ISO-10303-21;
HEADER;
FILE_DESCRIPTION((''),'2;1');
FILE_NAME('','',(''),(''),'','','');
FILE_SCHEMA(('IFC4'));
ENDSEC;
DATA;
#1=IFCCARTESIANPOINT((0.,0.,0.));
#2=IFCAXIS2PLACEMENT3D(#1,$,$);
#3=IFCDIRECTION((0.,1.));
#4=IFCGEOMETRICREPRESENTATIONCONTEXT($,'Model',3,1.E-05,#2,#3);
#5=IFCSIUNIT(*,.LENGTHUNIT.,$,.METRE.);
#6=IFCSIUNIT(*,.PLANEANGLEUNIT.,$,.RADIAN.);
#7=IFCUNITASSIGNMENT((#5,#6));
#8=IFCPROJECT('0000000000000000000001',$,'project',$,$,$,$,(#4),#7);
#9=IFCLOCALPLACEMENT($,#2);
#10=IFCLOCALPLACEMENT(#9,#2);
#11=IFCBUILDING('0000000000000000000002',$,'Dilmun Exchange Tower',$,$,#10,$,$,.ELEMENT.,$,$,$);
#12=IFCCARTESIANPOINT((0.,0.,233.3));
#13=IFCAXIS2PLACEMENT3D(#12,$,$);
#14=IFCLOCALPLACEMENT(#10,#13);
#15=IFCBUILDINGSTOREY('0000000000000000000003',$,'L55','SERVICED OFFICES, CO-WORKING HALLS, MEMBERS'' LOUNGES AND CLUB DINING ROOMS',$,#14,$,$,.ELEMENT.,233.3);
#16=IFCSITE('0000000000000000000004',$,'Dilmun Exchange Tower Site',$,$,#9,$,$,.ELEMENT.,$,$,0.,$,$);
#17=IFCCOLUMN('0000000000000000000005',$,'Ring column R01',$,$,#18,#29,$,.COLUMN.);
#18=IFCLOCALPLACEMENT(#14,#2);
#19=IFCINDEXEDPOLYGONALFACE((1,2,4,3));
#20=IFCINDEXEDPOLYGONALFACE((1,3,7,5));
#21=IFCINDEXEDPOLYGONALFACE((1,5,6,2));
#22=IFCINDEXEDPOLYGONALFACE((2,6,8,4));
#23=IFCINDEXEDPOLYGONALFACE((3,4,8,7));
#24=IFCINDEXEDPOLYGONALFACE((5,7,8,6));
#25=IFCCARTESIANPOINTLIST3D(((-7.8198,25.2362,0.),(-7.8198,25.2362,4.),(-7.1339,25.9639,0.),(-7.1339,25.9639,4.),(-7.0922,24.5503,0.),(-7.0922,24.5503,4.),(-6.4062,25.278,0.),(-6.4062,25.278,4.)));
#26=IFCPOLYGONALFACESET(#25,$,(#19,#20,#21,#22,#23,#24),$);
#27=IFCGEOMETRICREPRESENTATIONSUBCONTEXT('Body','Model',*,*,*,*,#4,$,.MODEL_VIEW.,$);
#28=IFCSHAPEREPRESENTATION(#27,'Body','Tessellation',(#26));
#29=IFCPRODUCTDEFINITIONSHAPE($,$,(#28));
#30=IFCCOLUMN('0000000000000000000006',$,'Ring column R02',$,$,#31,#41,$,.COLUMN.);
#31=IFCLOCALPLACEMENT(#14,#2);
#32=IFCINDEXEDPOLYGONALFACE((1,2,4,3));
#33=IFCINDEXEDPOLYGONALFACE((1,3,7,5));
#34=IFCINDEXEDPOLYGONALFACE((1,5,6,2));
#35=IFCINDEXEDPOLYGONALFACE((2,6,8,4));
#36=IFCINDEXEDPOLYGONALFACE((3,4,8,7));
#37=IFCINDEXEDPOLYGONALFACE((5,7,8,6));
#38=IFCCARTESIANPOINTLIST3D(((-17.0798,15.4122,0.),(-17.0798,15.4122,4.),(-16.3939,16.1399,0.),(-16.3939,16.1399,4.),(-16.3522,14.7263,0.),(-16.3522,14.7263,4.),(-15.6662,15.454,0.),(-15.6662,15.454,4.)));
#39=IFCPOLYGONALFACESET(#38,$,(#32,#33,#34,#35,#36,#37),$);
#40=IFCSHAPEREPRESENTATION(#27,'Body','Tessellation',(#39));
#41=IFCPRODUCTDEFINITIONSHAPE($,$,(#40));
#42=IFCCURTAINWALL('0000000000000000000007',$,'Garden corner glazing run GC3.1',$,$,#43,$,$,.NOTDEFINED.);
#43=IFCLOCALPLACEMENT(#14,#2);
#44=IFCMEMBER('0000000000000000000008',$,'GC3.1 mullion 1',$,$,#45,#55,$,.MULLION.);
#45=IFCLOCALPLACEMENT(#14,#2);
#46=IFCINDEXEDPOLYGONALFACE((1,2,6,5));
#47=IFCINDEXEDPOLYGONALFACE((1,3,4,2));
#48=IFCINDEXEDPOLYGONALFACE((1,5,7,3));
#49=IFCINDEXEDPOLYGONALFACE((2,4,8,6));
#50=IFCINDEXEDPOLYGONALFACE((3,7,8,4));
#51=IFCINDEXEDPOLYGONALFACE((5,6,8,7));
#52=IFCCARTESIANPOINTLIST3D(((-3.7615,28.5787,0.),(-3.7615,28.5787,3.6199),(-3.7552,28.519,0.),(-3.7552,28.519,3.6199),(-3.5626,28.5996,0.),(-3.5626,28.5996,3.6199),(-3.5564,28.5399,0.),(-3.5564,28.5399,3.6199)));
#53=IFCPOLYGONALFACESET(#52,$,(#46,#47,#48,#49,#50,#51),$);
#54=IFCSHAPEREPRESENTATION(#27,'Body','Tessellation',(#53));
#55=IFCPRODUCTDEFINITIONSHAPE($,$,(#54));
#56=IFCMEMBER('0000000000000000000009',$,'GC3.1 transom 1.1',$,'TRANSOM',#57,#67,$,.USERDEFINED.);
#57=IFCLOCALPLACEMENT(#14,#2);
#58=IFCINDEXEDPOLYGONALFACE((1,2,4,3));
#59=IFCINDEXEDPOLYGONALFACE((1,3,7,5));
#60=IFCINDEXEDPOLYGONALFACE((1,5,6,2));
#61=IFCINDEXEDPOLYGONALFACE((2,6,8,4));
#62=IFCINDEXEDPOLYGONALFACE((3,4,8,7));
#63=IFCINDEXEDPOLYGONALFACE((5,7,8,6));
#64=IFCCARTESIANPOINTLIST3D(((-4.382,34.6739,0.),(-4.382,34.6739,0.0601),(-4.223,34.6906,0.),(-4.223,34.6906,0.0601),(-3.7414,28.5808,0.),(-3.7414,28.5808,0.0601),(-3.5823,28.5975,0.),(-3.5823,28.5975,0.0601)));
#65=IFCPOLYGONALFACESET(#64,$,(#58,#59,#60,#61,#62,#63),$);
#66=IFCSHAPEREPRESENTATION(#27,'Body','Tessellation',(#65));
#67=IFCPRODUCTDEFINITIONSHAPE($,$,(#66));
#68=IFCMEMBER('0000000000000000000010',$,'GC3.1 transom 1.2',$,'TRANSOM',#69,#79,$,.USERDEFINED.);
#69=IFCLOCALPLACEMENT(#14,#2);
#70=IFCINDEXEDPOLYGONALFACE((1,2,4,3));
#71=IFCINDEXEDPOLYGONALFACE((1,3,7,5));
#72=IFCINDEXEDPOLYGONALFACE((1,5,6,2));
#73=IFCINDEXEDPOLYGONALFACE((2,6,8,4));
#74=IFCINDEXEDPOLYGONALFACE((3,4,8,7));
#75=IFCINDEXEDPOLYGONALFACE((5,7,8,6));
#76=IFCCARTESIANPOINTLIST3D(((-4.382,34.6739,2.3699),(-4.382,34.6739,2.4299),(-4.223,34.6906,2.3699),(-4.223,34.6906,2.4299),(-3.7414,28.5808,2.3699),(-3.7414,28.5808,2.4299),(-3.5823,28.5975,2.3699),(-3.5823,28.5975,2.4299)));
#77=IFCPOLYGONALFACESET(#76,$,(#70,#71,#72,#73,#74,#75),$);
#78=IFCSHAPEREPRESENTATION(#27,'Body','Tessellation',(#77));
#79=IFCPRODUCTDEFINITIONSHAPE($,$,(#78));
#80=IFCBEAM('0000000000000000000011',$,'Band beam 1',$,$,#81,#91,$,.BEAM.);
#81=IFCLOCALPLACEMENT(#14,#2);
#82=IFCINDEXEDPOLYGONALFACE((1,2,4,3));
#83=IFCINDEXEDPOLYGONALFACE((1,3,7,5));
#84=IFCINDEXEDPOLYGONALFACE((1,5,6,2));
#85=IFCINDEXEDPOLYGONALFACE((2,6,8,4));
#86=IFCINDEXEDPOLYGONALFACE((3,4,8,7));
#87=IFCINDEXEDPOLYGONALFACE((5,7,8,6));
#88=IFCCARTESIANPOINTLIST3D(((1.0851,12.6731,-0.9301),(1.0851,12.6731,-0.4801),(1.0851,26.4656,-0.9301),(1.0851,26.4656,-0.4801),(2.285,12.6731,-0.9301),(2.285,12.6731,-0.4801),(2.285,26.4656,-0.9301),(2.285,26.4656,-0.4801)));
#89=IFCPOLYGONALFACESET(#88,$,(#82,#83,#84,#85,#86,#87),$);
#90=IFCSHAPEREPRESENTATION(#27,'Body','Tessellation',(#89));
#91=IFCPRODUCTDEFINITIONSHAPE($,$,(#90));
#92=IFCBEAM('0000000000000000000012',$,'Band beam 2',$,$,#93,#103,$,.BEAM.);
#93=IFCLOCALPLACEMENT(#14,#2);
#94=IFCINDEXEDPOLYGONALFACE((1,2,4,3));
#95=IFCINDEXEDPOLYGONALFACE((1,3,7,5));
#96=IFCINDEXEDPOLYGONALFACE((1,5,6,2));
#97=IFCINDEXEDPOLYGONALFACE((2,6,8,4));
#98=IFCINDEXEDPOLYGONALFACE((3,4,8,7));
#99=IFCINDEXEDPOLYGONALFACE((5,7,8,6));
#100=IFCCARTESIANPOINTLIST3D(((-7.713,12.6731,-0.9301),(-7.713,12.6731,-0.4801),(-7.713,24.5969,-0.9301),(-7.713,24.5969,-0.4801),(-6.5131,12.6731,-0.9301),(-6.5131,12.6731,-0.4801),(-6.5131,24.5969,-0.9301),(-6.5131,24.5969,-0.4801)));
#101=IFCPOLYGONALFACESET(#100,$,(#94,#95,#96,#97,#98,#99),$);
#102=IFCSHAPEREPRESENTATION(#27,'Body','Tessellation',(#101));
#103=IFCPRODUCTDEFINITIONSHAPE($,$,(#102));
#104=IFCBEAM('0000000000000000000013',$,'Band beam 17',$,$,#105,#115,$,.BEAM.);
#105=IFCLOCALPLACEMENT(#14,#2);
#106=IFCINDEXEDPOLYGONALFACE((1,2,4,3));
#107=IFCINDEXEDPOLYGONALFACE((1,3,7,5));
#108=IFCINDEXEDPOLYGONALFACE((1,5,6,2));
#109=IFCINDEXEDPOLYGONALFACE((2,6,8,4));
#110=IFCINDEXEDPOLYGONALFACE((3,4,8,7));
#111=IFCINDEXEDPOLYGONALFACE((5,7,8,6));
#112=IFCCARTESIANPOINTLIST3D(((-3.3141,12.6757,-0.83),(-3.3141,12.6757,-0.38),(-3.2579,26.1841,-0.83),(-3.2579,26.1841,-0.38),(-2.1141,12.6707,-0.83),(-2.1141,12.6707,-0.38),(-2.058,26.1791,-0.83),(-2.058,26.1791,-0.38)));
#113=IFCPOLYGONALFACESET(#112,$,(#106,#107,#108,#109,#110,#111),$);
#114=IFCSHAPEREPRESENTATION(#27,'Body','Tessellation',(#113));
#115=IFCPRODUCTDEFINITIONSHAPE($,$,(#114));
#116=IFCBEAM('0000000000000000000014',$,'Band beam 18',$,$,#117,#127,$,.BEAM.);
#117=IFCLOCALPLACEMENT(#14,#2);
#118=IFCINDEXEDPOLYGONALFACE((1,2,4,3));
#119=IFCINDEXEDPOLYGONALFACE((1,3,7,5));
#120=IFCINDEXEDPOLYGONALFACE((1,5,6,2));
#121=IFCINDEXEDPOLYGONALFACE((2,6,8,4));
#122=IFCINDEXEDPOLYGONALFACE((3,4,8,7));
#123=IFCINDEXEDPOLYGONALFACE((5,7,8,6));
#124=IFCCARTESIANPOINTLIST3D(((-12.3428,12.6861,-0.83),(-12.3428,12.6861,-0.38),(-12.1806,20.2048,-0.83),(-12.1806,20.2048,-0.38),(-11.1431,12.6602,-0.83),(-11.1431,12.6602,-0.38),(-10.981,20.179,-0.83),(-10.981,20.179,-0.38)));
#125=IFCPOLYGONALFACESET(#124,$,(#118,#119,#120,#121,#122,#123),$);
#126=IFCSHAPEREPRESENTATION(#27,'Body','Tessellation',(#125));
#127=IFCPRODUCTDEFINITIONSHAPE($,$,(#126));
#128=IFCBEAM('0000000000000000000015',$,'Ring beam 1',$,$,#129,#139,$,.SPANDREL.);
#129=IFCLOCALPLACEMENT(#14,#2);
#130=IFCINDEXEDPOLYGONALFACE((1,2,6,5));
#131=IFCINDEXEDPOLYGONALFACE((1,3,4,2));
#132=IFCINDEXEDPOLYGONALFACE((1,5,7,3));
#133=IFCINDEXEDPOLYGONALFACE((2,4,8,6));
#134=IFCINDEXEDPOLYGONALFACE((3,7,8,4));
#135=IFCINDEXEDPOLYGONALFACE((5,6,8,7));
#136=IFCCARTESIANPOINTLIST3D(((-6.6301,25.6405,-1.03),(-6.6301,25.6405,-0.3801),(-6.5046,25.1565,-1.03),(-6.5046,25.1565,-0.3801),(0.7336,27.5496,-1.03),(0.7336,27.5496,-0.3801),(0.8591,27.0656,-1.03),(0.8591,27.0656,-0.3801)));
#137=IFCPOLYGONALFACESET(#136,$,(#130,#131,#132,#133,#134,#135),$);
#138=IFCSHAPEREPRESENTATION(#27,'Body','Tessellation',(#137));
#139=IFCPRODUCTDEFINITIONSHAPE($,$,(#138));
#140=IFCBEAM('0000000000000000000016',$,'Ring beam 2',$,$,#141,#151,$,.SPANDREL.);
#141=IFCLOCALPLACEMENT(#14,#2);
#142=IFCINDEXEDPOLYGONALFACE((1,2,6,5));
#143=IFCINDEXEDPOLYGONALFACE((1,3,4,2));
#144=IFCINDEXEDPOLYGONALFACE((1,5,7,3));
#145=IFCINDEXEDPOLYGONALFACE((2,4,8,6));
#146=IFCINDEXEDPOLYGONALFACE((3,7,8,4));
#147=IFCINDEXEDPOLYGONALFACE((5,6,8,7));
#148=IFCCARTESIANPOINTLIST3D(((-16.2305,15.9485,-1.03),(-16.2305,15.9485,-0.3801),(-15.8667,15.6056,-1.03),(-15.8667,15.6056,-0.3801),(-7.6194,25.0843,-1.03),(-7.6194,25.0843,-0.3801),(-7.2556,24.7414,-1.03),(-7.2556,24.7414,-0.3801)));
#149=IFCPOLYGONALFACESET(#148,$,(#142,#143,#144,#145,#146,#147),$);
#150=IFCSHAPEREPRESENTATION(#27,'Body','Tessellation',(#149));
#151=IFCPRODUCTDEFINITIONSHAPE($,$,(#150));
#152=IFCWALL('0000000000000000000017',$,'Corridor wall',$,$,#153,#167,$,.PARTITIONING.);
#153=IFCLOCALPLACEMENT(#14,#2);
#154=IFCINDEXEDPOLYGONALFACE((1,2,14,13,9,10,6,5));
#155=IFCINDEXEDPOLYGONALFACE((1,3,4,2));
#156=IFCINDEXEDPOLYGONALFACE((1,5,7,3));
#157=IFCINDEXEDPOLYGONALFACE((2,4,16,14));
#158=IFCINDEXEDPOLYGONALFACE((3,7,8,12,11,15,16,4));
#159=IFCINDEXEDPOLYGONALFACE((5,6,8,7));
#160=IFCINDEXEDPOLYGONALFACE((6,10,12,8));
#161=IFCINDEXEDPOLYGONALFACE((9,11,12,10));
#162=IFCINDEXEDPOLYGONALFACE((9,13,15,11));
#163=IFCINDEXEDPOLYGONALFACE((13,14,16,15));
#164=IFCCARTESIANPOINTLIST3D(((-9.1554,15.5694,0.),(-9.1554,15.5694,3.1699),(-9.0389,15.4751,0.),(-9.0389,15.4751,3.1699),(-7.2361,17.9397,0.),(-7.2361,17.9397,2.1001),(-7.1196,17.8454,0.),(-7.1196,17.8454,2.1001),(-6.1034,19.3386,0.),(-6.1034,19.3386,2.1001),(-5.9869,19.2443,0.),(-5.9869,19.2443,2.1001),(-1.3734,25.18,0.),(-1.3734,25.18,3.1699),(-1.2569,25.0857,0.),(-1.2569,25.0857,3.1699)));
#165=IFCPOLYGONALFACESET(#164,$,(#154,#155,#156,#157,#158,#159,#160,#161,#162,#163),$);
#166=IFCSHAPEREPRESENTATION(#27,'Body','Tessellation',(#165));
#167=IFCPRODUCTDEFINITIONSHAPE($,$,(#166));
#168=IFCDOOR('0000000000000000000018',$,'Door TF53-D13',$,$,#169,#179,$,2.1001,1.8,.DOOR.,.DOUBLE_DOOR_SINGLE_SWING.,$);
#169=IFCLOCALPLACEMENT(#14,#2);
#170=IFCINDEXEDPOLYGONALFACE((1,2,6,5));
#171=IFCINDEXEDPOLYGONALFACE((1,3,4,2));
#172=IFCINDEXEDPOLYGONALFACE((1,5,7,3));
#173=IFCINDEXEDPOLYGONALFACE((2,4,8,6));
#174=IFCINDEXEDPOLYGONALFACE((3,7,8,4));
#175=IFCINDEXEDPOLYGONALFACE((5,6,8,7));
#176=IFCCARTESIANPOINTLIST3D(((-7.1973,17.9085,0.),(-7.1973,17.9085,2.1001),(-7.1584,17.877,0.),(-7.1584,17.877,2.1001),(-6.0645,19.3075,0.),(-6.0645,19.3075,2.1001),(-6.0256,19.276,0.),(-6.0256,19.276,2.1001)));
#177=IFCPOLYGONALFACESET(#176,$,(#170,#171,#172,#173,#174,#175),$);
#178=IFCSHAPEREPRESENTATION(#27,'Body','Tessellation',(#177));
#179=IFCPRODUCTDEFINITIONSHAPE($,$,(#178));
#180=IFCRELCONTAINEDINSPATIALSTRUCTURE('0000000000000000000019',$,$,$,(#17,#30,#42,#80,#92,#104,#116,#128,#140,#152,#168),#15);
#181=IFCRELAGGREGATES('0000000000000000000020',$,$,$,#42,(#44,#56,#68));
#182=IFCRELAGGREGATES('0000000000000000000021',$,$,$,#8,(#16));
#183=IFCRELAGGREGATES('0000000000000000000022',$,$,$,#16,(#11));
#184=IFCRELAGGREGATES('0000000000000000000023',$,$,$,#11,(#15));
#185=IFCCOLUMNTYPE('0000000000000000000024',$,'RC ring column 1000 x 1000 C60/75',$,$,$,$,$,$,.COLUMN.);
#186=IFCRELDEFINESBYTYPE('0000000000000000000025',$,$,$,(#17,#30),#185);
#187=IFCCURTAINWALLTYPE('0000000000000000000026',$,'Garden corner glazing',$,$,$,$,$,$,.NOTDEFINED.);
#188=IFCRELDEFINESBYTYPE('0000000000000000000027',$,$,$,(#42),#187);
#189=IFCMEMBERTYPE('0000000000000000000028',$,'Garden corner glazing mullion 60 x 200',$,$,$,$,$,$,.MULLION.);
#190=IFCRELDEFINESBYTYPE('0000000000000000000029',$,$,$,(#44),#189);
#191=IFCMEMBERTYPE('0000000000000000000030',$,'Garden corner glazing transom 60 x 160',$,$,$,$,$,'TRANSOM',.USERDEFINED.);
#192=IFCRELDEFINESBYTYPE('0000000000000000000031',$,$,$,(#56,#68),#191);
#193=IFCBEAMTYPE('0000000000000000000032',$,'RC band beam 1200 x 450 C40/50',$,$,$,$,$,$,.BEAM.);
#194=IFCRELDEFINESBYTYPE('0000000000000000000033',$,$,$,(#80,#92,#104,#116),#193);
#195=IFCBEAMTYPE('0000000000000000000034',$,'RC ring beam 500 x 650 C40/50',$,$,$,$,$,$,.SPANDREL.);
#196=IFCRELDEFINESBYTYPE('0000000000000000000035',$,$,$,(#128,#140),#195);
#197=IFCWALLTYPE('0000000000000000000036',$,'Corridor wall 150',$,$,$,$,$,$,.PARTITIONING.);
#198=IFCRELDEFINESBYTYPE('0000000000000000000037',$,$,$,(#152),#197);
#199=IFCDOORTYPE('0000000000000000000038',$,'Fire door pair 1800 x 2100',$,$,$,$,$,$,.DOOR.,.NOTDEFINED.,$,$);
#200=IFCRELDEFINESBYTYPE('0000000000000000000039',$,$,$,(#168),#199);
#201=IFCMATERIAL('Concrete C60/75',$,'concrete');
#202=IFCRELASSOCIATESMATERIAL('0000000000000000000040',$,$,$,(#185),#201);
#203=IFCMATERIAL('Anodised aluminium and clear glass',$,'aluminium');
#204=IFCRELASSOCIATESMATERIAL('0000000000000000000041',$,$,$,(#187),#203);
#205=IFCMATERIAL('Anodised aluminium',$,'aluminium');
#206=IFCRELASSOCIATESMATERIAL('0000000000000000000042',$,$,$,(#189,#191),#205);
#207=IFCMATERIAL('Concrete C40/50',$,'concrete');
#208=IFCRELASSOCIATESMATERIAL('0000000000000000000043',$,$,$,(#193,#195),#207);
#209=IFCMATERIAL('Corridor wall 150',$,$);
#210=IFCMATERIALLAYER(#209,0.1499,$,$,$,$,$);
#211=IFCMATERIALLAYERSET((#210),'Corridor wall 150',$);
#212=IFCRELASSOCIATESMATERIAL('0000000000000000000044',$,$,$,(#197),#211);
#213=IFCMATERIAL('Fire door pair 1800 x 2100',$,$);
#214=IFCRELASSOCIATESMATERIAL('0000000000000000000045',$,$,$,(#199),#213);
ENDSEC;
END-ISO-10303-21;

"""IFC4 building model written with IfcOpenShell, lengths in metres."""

from ifc_helpers import new_model, si_unit, direction, frame, frame_2d, origin, origin_2d, place, context, subcontext, project, spatial, rectangle, extrude, material, layer, layer_set, material_profile, profile_set, type_object, element, fill, aggregate, save


model = new_model("IFC4")

# Units and contexts
model_context = context("Model", 3, precision=1e-05, world=origin(), true_north=direction((0.0, 1.0)))
body_context = subcontext(model_context, "Body", "Model", "MODEL_VIEW")
ifc_project = project(units=[si_unit("LENGTHUNIT", "METRE"), si_unit("PLANEANGLEUNIT", "RADIAN")], contexts=[model_context])

# Site, building, storey
site_placement = place(None, origin())
site = spatial("IfcSite", under=ifc_project, at=site_placement, Name="Dilmun Exchange Tower Site", CompositionType="ELEMENT", RefElevation=0.0)
building_placement = place(site_placement, origin())
building = spatial("IfcBuilding", under=site, at=building_placement, Name="Dilmun Exchange Tower", CompositionType="ELEMENT")
storey_placement = place(building_placement, frame((0.0, 0.0, 233.3)))
storey = spatial("IfcBuildingStorey", under=building, at=storey_placement, Name="L55", Description="SERVICED OFFICES, CO-WORKING HALLS, MEMBERS' LOUNGES AND CLUB DINING ROOMS", CompositionType="ELEMENT", Elevation=233.3)

# Columns
ifc_material_1 = material(Name="Concrete C60/75", Category="concrete")
ifc_material_profile_1 = material_profile(ifc_material_1, rectangle(XDim=1.0, YDim=1.0, at=origin_2d()), Name="1000 x 1000")
ifc_profile_set_1 = profile_set([ifc_material_profile_1], Name="Concrete C60/75")
column_type = type_object("IfcColumnType", Name="RC ring column 1000 x 1000 C60/75", PredefinedType="COLUMN", material=ifc_profile_set_1)
for number, where, z_axis, x_axis, name in (
    (1, (-7.113, 25.2571, 0.0), (0.0, 0.0, 1.0), (0.685916, 0.727681, 0.0), "Ring column R01"),
    (2, (-16.373, 15.4331, 0.0), (0.0, 0.0, 1.0), (0.685916, 0.727681, 0.0), "Ring column R02"),
):
    element("IfcColumn", number, at=place(storey_placement, frame(where, z_axis=z_axis, x_axis=x_axis)), inside=storey, type_object=column_type, Name=name, PredefinedType="COLUMN", context=body_context, shape_type="SweptSolid", body=[
        extrude(rectangle(XDim=1.0, YDim=1.0, at=origin_2d()), origin(), (0.0, 0.0, 1.0), 4.0),
    ])

# Curtain wall, members
ifc_material_2 = material(Name="Anodised aluminium and clear glass", Category="aluminium")
curtain_wall_type = type_object("IfcCurtainWallType", Name="Garden corner glazing", PredefinedType="NOTDEFINED", material=ifc_material_2)
curtain_wall_placement = place(storey_placement, origin())
curtain_wall = element("IfcCurtainWall", 3, at=curtain_wall_placement, inside=storey, type_object=curtain_wall_type, Name="Garden corner glazing run GC3.1", PredefinedType="NOTDEFINED")
ifc_material_3 = material(Name="Anodised aluminium", Category="aluminium")
ifc_material_profile_2 = material_profile(ifc_material_3, rectangle(XDim=0.2, YDim=0.0601, at=origin_2d()), Name="AL 60x200")
ifc_profile_set_2 = profile_set([ifc_material_profile_2], Name="Anodised aluminium")
member_type_1 = type_object("IfcMemberType", Name="Garden corner glazing mullion 60 x 200", PredefinedType="MULLION", material=ifc_profile_set_2)
member_1_placement = place(storey_placement, frame((-3.6589, 28.5593, 0.0), z_axis=(0.0, 0.0, 1.0), x_axis=(-0.994521, -0.10454, 0.0)))
member_1 = element("IfcMember", 4, at=member_1_placement, type_object=member_type_1, Name="GC3.1 mullion 1", PredefinedType="MULLION", context=body_context, shape_type="SweptSolid", body=[
    extrude(rectangle(XDim=0.2, YDim=0.0601, at=origin_2d()), origin(), (0.0, 0.0, 1.0), 3.6199),
])
ifc_material_profile_3 = material_profile(ifc_material_3, rectangle(XDim=0.1599, YDim=0.0601, at=origin_2d()), Name="AL 60x160")
ifc_profile_set_3 = profile_set([ifc_material_profile_3], Name="Anodised aluminium")
member_type_2 = type_object("IfcMemberType", Name="Garden corner glazing transom 60 x 160", ElementType="TRANSOM", PredefinedType="USERDEFINED", material=ifc_profile_set_3)
member_2_placement = place(storey_placement, frame((-3.6619, 28.5891, 0.03), z_axis=(-0.104564, 0.994518, 0.0), x_axis=(-0.994518, -0.104564, 0.0)))
member_2 = element("IfcMember", 5, at=member_2_placement, type_object=member_type_2, Name="GC3.1 transom 1.1", ObjectType="TRANSOM", PredefinedType="USERDEFINED", context=body_context, shape_type="SweptSolid", body=[
    extrude(rectangle(XDim=0.1599, YDim=0.0601, at=origin_2d()), origin(), (0.0, 0.0, 1.0), 6.1267),
])
member_3_placement = place(storey_placement, frame((-3.6619, 28.5891, 2.3999), z_axis=(-0.104564, 0.994518, 0.0), x_axis=(-0.994518, -0.104564, 0.0)))
member_3 = element("IfcMember", 6, at=member_3_placement, type_object=member_type_2, Name="GC3.1 transom 1.2", ObjectType="TRANSOM", PredefinedType="USERDEFINED", context=body_context, shape_type="SweptSolid", body=[
    extrude(rectangle(XDim=0.1599, YDim=0.0601, at=origin_2d()), origin(), (0.0, 0.0, 1.0), 6.1267),
])
aggregate(curtain_wall, [member_1, member_2, member_3])

# Beams
ifc_material_4 = material(Name="Concrete C40/50", Category="concrete")
ifc_material_profile_4 = material_profile(ifc_material_4, rectangle(XDim=1.2, YDim=0.45, at=origin_2d()), Name="1200 x 450")
ifc_profile_set_4 = profile_set([ifc_material_profile_4], Name="Concrete C40/50")
beam_type_1 = type_object("IfcBeamType", Name="RC band beam 1200 x 450 C40/50", PredefinedType="BEAM", material=ifc_profile_set_4)
beam_1_placement = place(storey_placement, frame((1.6851, 26.4656, -0.7051), z_axis=(0.0, -1.0, 0.0), x_axis=(1.0, 0.0, 0.0)))
element("IfcBeam", 7, at=beam_1_placement, inside=storey, type_object=beam_type_1, Name="Band beam 1", PredefinedType="BEAM", context=body_context, shape_type="SweptSolid", body=[
    extrude(rectangle(XDim=1.2, YDim=0.45, at=origin_2d()), origin(), (0.0, 0.0, 1.0), 13.7925),
])
beam_2_placement = place(storey_placement, frame((-7.113, 24.5969, -0.7051), z_axis=(0.0, -1.0, 0.0), x_axis=(1.0, 0.0, 0.0)))
element("IfcBeam", 8, at=beam_2_placement, inside=storey, type_object=beam_type_1, Name="Band beam 2", PredefinedType="BEAM", context=body_context, shape_type="SweptSolid", body=[
    extrude(rectangle(XDim=1.2, YDim=0.45, at=origin_2d()), origin(), (0.0, 0.0, 1.0), 11.9238),
])
beam_3_placement = place(storey_placement, frame((-2.658, 26.1816, -0.605), z_axis=(-0.004157, -0.999991, 0.0), x_axis=(0.999991, -0.004157, 0.0)))
element("IfcBeam", 9, at=beam_3_placement, inside=storey, type_object=beam_type_1, Name="Band beam 17", PredefinedType="BEAM", context=body_context, shape_type="SweptSolid", body=[
    extrude(rectangle(XDim=1.2, YDim=0.45, at=origin_2d()), origin(), (0.0, 0.0, 1.0), 13.5085),
])
beam_4_placement = place(storey_placement, frame((-11.5808, 20.1919, -0.605), z_axis=(-0.021556, -0.999768, 0.0), x_axis=(0.999768, -0.021556, 0.0)))
element("IfcBeam", 10, at=beam_4_placement, inside=storey, type_object=beam_type_1, Name="Band beam 18", PredefinedType="BEAM", context=body_context, shape_type="SweptSolid", body=[
    extrude(rectangle(XDim=1.2, YDim=0.45, at=origin_2d()), origin(), (0.0, 0.0, 1.0), 7.5205),
])
ifc_material_profile_5 = material_profile(ifc_material_4, rectangle(XDim=0.5, YDim=0.6499, at=origin_2d()), Name="500 x 650")
ifc_profile_set_5 = profile_set([ifc_material_profile_5], Name="Concrete C40/50")
beam_type_2 = type_object("IfcBeamType", Name="RC ring beam 500 x 650 C40/50", PredefinedType="SPANDREL", material=ifc_profile_set_5)
beam_5_placement = place(storey_placement, frame((0.7964, 27.3076, -0.7051), z_axis=(-0.967995, -0.250969, 0.0), x_axis=(0.250969, -0.967995, 0.0)))
element("IfcBeam", 11, at=beam_5_placement, inside=storey, type_object=beam_type_2, Name="Ring beam 1", PredefinedType="SPANDREL", context=body_context, shape_type="SweptSolid", body=[
    extrude(rectangle(XDim=0.5, YDim=0.6499, at=origin_2d()), origin(), (0.0, 0.0, 1.0), 7.6072),
])
beam_6_placement = place(storey_placement, frame((-7.4375, 24.9128, -0.7051), z_axis=(-0.685903, -0.727693, 0.0), x_axis=(0.727693, -0.685903, 0.0)))
element("IfcBeam", 12, at=beam_6_placement, inside=storey, type_object=beam_type_2, Name="Ring beam 2", PredefinedType="SPANDREL", context=body_context, shape_type="SweptSolid", body=[
    extrude(rectangle(XDim=0.5, YDim=0.6499, at=origin_2d()), origin(), (0.0, 0.0, 1.0), 12.5544),
])

# Wall, opening, door
ifc_material_5 = material(Name="Corridor wall 150")
ifc_layer_1 = layer(ifc_material_5, 0.1499)
ifc_layer_set_1 = layer_set([ifc_layer_1], Name="Corridor wall 150")
wall_type_1 = type_object("IfcWallType", Name="Corridor wall 150", PredefinedType="PARTITIONING", material=ifc_layer_set_1)
wall_1_placement = place(storey_placement, frame((-9.0972, 15.5222, 0.0), z_axis=(0.0, 0.0, 1.0), x_axis=(0.629295, 0.777167, 0.0)))
wall_1 = element("IfcWall", 13, at=wall_1_placement, inside=storey, type_object=wall_type_1, Name="Corridor wall", PredefinedType="PARTITIONING", context=body_context, shape_type="SweptSolid", body=[
    extrude(rectangle(XDim=12.3662, YDim=0.1499, at=frame_2d((6.1831, 0.0))), origin(), (0.0, 0.0, 1.0), 3.1699),
])
opening_placement = place(wall_1_placement, frame((3.05, 0.0, 0.0)))
opening = element("IfcOpeningElement", 14, at=opening_placement, cuts=wall_1, PredefinedType="OPENING", context=body_context, shape_type="SweptSolid", body=[
    extrude(rectangle(XDim=1.8, YDim=2.1001, at=frame_2d((0.8999, 1.05))), frame((0.0, 0.085, 0.0), z_axis=(0.0, -1.0, 0.0), x_axis=(1.0, 0.0, 0.0)), (0.0, 0.0, 1.0), 0.1699),
])
ifc_material_6 = material(Name="Fire door pair 1800 x 2100")
door_type = type_object("IfcDoorType", Name="Fire door pair 1800 x 2100", OperationType="NOTDEFINED", PredefinedType="DOOR", material=ifc_material_6)
door_placement = place(opening_placement, frame((1.8, 0.0, 0.0), z_axis=(0.0, 0.0, 1.0), x_axis=(-1.0, 0.0, 0.0)))
door = element("IfcDoor", 15, at=door_placement, inside=storey, type_object=door_type, Name="Door TF53-D13", OperationType="DOUBLE_DOOR_SINGLE_SWING", OverallHeight=2.1001, OverallWidth=1.8, PredefinedType="DOOR", context=body_context, shape_type="SweptSolid", body=[
    extrude(rectangle(XDim=1.8, YDim=2.1001, at=frame_2d((0.8999, 1.05))), frame((0.0, 0.0249, 0.0), z_axis=(0.0, -1.0, 0.0), x_axis=(1.0, 0.0, 0.0)), (0.0, 0.0, 1.0), 0.05),
])
fill(opening, door)

save(model, "model.ifc")
